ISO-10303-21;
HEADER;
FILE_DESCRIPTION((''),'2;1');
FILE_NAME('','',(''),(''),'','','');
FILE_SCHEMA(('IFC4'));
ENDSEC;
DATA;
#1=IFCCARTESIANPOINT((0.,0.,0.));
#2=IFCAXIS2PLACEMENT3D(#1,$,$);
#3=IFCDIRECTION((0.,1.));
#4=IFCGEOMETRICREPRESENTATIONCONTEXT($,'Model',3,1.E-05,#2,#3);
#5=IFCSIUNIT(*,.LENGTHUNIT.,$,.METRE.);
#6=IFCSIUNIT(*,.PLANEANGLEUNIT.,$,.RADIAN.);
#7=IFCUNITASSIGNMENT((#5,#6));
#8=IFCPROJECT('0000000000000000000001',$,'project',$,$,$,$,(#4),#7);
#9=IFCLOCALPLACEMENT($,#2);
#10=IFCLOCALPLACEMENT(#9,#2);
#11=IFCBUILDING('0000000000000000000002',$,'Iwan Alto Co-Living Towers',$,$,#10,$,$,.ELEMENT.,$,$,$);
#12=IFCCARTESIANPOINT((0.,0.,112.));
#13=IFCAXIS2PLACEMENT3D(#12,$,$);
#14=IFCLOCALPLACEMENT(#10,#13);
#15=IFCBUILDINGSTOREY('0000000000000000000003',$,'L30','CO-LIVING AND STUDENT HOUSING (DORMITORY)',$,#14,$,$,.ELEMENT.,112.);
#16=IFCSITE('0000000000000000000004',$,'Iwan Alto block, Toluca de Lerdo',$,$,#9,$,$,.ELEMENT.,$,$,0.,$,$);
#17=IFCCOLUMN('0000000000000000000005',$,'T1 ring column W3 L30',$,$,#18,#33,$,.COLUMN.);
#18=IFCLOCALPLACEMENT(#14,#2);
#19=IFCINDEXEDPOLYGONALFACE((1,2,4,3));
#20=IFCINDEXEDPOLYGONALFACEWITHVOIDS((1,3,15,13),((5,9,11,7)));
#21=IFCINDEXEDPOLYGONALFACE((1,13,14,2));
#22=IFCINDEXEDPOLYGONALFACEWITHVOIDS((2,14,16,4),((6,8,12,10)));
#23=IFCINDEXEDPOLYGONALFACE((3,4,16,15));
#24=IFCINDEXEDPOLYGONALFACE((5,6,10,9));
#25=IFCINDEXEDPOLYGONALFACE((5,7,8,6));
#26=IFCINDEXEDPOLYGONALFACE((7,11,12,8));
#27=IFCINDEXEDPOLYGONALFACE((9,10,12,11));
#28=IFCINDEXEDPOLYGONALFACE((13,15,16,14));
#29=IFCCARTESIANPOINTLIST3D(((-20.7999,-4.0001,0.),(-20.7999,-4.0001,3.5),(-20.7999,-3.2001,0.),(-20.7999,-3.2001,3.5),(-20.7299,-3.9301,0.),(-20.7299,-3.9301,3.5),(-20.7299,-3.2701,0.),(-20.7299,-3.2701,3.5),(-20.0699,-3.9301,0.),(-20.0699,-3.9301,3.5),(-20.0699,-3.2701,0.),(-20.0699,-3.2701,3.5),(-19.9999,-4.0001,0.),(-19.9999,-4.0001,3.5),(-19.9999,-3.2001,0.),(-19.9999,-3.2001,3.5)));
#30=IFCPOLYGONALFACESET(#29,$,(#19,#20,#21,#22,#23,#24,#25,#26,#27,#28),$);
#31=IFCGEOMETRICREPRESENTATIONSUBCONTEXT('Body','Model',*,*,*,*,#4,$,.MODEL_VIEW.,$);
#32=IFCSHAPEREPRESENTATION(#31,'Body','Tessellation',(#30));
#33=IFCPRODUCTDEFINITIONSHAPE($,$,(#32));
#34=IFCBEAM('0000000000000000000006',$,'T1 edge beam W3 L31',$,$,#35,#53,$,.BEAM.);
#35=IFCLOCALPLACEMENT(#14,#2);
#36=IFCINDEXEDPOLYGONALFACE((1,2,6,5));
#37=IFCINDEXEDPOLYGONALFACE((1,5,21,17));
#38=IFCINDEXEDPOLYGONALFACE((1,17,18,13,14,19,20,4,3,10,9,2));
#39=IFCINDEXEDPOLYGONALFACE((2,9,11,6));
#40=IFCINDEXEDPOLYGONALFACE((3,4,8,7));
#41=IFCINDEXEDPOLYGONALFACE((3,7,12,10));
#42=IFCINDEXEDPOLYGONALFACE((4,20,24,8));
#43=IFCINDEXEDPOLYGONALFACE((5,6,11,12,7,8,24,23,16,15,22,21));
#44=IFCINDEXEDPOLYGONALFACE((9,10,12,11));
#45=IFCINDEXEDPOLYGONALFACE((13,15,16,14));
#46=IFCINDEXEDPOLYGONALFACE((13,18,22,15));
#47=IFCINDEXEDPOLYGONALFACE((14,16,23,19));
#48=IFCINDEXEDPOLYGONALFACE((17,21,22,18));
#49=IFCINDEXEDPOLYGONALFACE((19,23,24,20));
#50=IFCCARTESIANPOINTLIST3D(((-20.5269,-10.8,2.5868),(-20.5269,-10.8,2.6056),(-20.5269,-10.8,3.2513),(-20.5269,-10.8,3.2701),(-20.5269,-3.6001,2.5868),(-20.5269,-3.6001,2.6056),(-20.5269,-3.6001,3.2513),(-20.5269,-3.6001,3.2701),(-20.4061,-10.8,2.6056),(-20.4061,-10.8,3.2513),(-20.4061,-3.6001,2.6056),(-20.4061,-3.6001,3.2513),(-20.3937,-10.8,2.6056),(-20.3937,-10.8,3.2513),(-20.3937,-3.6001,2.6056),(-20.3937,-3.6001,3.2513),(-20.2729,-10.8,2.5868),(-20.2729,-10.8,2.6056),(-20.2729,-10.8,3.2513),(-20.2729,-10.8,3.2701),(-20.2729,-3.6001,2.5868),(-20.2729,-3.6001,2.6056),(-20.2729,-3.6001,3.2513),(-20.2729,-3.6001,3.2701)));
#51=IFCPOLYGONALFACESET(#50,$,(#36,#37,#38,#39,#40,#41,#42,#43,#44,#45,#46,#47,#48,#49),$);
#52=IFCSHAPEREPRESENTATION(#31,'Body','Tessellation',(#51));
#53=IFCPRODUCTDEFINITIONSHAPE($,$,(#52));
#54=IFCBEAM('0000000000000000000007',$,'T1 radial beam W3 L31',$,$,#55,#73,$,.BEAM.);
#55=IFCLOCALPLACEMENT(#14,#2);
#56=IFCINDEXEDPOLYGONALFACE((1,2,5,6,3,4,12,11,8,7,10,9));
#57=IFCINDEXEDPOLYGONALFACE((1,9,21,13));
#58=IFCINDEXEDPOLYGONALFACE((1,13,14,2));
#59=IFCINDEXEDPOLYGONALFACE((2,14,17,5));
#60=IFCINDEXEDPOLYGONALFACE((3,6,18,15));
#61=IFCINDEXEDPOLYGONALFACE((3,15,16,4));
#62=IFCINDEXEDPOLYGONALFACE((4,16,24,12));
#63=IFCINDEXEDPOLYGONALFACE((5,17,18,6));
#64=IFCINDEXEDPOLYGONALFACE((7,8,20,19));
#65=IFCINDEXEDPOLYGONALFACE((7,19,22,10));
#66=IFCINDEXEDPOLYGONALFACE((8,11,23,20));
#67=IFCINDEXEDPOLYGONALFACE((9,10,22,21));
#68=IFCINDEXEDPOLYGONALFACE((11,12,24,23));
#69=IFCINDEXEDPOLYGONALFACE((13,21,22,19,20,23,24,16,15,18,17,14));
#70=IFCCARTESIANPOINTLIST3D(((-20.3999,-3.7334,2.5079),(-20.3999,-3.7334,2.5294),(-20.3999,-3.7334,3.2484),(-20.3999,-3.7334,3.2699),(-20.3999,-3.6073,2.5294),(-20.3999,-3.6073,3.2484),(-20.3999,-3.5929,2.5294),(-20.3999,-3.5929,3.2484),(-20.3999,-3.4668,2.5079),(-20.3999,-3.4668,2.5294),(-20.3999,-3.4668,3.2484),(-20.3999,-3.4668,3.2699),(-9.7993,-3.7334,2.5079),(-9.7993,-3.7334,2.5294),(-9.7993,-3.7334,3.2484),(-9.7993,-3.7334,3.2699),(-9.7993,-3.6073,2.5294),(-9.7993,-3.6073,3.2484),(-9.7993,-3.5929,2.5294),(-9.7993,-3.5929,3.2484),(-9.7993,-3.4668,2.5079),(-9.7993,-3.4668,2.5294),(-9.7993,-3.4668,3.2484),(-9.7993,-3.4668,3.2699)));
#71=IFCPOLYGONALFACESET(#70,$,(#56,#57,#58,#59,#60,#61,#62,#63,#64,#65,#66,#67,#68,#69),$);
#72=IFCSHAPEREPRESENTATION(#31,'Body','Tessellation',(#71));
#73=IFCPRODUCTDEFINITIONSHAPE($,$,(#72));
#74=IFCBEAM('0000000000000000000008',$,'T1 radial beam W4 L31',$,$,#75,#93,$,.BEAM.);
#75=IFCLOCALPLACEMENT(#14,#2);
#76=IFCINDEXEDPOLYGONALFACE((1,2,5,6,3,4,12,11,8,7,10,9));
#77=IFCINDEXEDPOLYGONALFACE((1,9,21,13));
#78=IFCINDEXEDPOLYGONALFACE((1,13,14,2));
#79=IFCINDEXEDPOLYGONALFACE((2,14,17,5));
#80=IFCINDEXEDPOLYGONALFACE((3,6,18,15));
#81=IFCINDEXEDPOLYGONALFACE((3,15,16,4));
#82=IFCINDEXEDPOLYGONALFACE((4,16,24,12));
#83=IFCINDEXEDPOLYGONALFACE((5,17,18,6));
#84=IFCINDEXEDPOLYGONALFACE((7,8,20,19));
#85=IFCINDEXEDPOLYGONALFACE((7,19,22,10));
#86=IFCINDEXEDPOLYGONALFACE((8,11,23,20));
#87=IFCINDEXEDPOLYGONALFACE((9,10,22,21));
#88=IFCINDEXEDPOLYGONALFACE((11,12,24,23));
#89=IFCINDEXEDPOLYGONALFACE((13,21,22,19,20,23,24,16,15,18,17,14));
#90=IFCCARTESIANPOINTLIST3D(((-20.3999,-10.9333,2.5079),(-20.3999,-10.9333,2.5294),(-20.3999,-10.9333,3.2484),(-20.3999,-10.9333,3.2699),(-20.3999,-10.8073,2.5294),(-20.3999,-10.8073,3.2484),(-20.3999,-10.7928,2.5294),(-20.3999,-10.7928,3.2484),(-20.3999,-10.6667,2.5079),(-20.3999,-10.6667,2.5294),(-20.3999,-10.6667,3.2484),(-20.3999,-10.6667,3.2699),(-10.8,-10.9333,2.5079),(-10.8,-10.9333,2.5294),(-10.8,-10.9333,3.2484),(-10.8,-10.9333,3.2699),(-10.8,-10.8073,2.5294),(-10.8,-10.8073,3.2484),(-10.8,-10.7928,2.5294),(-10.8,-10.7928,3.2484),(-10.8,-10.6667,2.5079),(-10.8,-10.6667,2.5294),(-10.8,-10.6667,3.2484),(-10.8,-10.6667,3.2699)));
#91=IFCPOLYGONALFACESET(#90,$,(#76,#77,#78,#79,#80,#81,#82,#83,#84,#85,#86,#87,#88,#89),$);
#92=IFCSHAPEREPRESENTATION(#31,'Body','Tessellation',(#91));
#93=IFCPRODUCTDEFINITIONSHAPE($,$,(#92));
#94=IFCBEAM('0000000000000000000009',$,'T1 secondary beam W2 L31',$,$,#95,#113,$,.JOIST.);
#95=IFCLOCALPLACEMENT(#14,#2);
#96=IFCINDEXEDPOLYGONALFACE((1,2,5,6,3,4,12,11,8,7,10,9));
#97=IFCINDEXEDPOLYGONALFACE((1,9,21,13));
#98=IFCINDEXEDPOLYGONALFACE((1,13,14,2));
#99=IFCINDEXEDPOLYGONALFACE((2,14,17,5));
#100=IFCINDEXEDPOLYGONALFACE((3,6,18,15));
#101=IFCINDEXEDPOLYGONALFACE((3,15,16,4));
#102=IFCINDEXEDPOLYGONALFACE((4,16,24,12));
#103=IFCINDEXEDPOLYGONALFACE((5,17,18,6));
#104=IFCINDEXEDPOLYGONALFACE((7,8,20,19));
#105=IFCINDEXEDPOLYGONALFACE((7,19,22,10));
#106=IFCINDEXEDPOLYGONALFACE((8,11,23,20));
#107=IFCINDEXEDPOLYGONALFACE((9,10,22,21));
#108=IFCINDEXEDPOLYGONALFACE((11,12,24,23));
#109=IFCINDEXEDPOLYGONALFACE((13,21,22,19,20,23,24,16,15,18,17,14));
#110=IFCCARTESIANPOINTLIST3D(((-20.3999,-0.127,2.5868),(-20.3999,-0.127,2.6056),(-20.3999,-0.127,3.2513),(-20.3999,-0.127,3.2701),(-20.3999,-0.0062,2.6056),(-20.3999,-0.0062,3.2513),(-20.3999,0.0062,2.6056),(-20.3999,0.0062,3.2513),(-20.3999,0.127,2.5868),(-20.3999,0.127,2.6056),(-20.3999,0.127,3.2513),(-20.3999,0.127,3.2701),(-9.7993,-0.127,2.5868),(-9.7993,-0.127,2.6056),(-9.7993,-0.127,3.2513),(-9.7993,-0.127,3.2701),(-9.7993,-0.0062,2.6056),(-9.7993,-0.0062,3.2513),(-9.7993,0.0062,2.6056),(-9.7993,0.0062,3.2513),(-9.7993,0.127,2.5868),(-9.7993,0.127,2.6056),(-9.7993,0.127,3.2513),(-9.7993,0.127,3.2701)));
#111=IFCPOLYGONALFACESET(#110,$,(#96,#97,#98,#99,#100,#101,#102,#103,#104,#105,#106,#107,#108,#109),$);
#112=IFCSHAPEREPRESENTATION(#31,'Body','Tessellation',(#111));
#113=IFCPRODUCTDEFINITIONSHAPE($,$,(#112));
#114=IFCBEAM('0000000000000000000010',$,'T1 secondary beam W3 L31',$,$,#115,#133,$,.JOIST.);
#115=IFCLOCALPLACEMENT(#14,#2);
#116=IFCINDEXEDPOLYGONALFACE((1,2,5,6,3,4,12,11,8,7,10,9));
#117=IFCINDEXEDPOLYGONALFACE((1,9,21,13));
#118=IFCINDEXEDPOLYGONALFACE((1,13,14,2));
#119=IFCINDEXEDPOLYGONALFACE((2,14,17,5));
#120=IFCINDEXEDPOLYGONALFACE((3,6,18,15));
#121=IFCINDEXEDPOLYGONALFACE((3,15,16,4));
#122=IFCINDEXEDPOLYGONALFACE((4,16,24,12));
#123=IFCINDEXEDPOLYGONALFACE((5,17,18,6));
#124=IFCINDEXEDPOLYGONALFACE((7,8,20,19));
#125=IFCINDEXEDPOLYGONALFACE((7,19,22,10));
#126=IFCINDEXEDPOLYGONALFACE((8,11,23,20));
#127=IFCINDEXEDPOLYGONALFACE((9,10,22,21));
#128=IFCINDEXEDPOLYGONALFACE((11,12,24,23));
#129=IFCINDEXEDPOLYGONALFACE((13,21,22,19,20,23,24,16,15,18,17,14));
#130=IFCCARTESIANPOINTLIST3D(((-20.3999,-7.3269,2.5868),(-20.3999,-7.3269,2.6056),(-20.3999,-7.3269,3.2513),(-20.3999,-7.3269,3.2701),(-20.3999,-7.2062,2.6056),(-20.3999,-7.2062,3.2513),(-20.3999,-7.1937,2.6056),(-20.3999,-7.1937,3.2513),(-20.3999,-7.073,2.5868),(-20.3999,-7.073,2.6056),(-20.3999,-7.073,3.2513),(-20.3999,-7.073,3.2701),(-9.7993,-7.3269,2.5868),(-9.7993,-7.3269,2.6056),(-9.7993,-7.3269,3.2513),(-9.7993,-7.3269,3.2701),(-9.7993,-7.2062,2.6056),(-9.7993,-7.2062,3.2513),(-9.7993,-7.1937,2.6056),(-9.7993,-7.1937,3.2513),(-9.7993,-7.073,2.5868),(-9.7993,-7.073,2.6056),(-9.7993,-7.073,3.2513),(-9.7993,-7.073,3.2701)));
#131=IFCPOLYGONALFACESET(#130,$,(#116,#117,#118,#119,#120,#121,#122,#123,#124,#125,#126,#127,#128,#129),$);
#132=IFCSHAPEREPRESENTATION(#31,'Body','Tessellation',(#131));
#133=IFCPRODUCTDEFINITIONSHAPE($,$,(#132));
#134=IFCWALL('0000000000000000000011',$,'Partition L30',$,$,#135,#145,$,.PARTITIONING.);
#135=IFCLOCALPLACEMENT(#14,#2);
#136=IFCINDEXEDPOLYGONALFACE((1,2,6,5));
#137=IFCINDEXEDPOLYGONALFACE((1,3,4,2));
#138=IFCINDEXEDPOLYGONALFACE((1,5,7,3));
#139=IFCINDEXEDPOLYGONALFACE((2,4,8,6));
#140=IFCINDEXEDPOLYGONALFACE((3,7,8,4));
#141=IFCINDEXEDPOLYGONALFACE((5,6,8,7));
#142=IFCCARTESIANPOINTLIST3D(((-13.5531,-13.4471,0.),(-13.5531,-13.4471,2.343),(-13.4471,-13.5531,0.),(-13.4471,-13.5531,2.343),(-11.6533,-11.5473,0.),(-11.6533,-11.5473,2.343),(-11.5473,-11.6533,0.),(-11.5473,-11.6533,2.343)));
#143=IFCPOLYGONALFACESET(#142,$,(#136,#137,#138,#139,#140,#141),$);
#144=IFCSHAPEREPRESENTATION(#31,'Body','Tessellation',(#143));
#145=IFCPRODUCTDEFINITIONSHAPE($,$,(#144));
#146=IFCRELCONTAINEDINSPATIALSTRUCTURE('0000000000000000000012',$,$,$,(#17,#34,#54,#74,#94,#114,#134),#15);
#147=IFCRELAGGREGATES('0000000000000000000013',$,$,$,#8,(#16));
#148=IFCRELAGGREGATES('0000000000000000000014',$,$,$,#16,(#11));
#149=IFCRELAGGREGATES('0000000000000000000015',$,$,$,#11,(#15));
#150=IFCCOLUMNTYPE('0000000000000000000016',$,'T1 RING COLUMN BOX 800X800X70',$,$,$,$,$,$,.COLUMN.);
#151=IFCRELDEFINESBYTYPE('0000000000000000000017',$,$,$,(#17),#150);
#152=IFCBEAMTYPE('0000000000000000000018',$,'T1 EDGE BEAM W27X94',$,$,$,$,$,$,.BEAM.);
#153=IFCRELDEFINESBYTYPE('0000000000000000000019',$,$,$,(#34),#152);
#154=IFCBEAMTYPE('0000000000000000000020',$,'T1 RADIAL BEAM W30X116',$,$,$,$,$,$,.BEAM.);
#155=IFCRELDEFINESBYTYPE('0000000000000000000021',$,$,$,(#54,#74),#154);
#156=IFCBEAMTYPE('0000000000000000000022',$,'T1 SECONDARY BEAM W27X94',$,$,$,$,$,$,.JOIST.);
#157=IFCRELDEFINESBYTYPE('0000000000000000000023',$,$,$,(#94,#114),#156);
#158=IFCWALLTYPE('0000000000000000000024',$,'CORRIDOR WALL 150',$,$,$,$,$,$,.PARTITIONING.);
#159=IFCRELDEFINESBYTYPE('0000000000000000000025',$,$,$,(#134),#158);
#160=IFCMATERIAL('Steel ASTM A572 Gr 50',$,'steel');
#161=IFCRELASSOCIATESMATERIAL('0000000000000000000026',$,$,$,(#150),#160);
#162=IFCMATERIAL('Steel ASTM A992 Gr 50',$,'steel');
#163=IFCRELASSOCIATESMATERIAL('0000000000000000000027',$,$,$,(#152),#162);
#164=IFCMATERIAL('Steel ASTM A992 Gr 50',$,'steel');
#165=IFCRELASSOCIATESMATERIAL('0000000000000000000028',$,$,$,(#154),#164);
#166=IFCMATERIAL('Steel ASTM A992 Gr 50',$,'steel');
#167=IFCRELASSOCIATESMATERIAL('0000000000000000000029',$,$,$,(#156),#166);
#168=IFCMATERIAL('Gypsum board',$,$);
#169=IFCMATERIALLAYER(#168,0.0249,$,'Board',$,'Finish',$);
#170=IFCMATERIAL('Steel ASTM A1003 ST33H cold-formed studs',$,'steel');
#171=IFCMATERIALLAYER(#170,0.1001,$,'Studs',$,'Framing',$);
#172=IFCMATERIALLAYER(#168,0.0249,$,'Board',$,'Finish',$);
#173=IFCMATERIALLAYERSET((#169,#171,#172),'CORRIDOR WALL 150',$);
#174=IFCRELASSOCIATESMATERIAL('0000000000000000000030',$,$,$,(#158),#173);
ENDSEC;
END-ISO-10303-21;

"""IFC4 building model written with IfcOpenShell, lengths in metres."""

from ifc_helpers import new_model, si_unit, direction, frame, frame_2d, origin, origin_2d, place, context, subcontext, project, spatial, rectangle, hollow_rectangle, i_section, extrude, material, layer, layer_set, material_profile, profile_set, type_object, element, save


model = new_model("IFC4")

# Units and contexts
model_context = context("Model", 3, precision=1e-05, world=origin(), true_north=direction((0.0, 1.0)))
body_context = subcontext(model_context, "Body", "Model", "MODEL_VIEW")
ifc_project = project(units=[si_unit("LENGTHUNIT", "METRE"), si_unit("PLANEANGLEUNIT", "RADIAN")], contexts=[model_context])

# Site, building, storey
site_placement = place(None, origin())
site = spatial("IfcSite", under=ifc_project, at=site_placement, Name="Iwan Alto block, Toluca de Lerdo", CompositionType="ELEMENT", RefElevation=0.0)
building_placement = place(site_placement, origin())
building = spatial("IfcBuilding", under=site, at=building_placement, Name="Iwan Alto Co-Living Towers", CompositionType="ELEMENT")
storey_placement = place(building_placement, frame((0.0, 0.0, 112.0)))
storey = spatial("IfcBuildingStorey", under=building, at=storey_placement, Name="L30", Description="CO-LIVING AND STUDENT HOUSING (DORMITORY)", CompositionType="ELEMENT", Elevation=112.0)

# Column
ifc_material_1 = material(Name="Steel ASTM A572 Gr 50", Category="steel")
ifc_material_profile_1 = material_profile(ifc_material_1, hollow_rectangle(XDim=0.8, YDim=0.8, WallThickness=0.0701, at=origin_2d()), Name="BOX 800X800X70")
ifc_profile_set_1 = profile_set([ifc_material_profile_1], Name="Steel ASTM A572 Gr 50")
column_type = type_object("IfcColumnType", Name="T1 RING COLUMN BOX 800X800X70", PredefinedType="COLUMN", material=ifc_profile_set_1)
column_placement = place(storey_placement, frame((-20.3999, -3.6001, 0.0), z_axis=(0.0, 0.0, 1.0), x_axis=(1.0, 0.0, 0.0)))
element("IfcColumn", 1, at=column_placement, inside=storey, type_object=column_type, Name="T1 ring column W3 L30", PredefinedType="COLUMN", context=body_context, shape_type="SweptSolid", body=[
    extrude(hollow_rectangle(XDim=0.8, YDim=0.8, WallThickness=0.0701, at=origin_2d()), origin(), (0.0, 0.0, 1.0), 3.5),
])

# Beams
ifc_material_2 = material(Name="Steel ASTM A992 Gr 50", Category="steel")
ifc_material_profile_2 = material_profile(ifc_material_2, i_section(OverallWidth=0.2539, OverallDepth=0.6833, WebThickness=0.0125, FlangeThickness=0.0188, at=origin_2d()), Name="W27X94")
ifc_profile_set_2 = profile_set([ifc_material_profile_2], Name="Steel ASTM A992 Gr 50")
beam_type_1 = type_object("IfcBeamType", Name="T1 EDGE BEAM W27X94", PredefinedType="BEAM", material=ifc_profile_set_2)
beam_1_placement = place(storey_placement, frame((-20.3999, -3.6001, 2.9285), z_axis=(0.0, -1.0, 0.0), x_axis=(1.0, 0.0, 0.0)))
element("IfcBeam", 2, at=beam_1_placement, inside=storey, type_object=beam_type_1, Name="T1 edge beam W3 L31", PredefinedType="BEAM", context=body_context, shape_type="SweptSolid", body=[
    extrude(i_section(OverallWidth=0.2539, OverallDepth=0.6833, WebThickness=0.0125, FlangeThickness=0.0188, at=origin_2d()), origin(), (0.0, 0.0, 1.0), 7.2),
])
ifc_material_3 = material(Name="Steel ASTM A992 Gr 50", Category="steel")
ifc_material_profile_3 = material_profile(ifc_material_3, i_section(OverallWidth=0.2666, OverallDepth=0.762, WebThickness=0.0144, FlangeThickness=0.0215, at=origin_2d()), Name="W30X116")
ifc_profile_set_3 = profile_set([ifc_material_profile_3], Name="Steel ASTM A992 Gr 50")
beam_type_2 = type_object("IfcBeamType", Name="T1 RADIAL BEAM W30X116", PredefinedType="BEAM", material=ifc_profile_set_3)
beam_2_placement = place(storey_placement, frame((-20.3999, -3.6001, 2.8889), z_axis=(1.0, 0.0, 0.0), x_axis=(0.0, 1.0, 0.0)))
element("IfcBeam", 3, at=beam_2_placement, inside=storey, type_object=beam_type_2, Name="T1 radial beam W3 L31", PredefinedType="BEAM", context=body_context, shape_type="SweptSolid", body=[
    extrude(i_section(OverallWidth=0.2666, OverallDepth=0.762, WebThickness=0.0144, FlangeThickness=0.0215, at=origin_2d()), origin(), (0.0, 0.0, 1.0), 10.6006),
])
beam_3_placement = place(storey_placement, frame((-20.3999, -10.8, 2.8889), z_axis=(1.0, 0.0, 0.0), x_axis=(0.0, 1.0, 0.0)))
element("IfcBeam", 4, at=beam_3_placement, inside=storey, type_object=beam_type_2, Name="T1 radial beam W4 L31", PredefinedType="BEAM", context=body_context, shape_type="SweptSolid", body=[
    extrude(i_section(OverallWidth=0.2666, OverallDepth=0.762, WebThickness=0.0144, FlangeThickness=0.0215, at=origin_2d()), origin(), (0.0, 0.0, 1.0), 9.5999),
])
ifc_material_4 = material(Name="Steel ASTM A992 Gr 50", Category="steel")
ifc_material_profile_4 = material_profile(ifc_material_4, i_section(OverallWidth=0.2539, OverallDepth=0.6833, WebThickness=0.0125, FlangeThickness=0.0188, at=origin_2d()), Name="W27X94")
ifc_profile_set_4 = profile_set([ifc_material_profile_4], Name="Steel ASTM A992 Gr 50")
beam_type_3 = type_object("IfcBeamType", Name="T1 SECONDARY BEAM W27X94", PredefinedType="JOIST", material=ifc_profile_set_4)
for number, where, z_axis, x_axis, name in (
    (5, (-20.3999, 0.0, 2.9285), (1.0, 0.0, 0.0), (0.0, 1.0, 0.0), "T1 secondary beam W2 L31"),
    (6, (-20.3999, -7.2, 2.9285), (1.0, 0.0, 0.0), (0.0, 1.0, 0.0), "T1 secondary beam W3 L31"),
):
    element("IfcBeam", number, at=place(storey_placement, frame(where, z_axis=z_axis, x_axis=x_axis)), inside=storey, type_object=beam_type_3, Name=name, PredefinedType="JOIST", context=body_context, shape_type="SweptSolid", body=[
        extrude(i_section(OverallWidth=0.2539, OverallDepth=0.6833, WebThickness=0.0125, FlangeThickness=0.0188, at=origin_2d()), origin(), (0.0, 0.0, 1.0), 10.6006),
    ])

# Wall
ifc_material_5 = material(Name="Gypsum board")
ifc_layer_1 = layer(ifc_material_5, 0.0249, Name="Board", Category="Finish")
ifc_material_6 = material(Name="Steel ASTM A1003 ST33H cold-formed studs", Category="steel")
ifc_layer_2 = layer(ifc_material_6, 0.1001, Name="Studs", Category="Framing")
ifc_layer_3 = layer(ifc_material_5, 0.0249, Name="Board", Category="Finish")
ifc_layer_set_1 = layer_set([ifc_layer_1, ifc_layer_2, ifc_layer_3], Name="CORRIDOR WALL 150")
wall_type_1 = type_object("IfcWallType", Name="CORRIDOR WALL 150", PredefinedType="PARTITIONING", material=ifc_layer_set_1)
wall_1_placement = place(storey_placement, frame((-13.5, -13.5, 0.0), z_axis=(0.0, 0.0, 1.0), x_axis=(0.707107, 0.707107, 0.0)))
element("IfcWall", 7, at=wall_1_placement, inside=storey, type_object=wall_type_1, Name="Partition L30", PredefinedType="PARTITIONING", context=body_context, shape_type="SweptSolid", body=[
    extrude(rectangle(XDim=2.6868, YDim=0.1499, at=frame_2d((1.3433, 0.0))), origin(), (0.0, 0.0, 1.0), 2.343),
])

save(model, "model.ifc")
